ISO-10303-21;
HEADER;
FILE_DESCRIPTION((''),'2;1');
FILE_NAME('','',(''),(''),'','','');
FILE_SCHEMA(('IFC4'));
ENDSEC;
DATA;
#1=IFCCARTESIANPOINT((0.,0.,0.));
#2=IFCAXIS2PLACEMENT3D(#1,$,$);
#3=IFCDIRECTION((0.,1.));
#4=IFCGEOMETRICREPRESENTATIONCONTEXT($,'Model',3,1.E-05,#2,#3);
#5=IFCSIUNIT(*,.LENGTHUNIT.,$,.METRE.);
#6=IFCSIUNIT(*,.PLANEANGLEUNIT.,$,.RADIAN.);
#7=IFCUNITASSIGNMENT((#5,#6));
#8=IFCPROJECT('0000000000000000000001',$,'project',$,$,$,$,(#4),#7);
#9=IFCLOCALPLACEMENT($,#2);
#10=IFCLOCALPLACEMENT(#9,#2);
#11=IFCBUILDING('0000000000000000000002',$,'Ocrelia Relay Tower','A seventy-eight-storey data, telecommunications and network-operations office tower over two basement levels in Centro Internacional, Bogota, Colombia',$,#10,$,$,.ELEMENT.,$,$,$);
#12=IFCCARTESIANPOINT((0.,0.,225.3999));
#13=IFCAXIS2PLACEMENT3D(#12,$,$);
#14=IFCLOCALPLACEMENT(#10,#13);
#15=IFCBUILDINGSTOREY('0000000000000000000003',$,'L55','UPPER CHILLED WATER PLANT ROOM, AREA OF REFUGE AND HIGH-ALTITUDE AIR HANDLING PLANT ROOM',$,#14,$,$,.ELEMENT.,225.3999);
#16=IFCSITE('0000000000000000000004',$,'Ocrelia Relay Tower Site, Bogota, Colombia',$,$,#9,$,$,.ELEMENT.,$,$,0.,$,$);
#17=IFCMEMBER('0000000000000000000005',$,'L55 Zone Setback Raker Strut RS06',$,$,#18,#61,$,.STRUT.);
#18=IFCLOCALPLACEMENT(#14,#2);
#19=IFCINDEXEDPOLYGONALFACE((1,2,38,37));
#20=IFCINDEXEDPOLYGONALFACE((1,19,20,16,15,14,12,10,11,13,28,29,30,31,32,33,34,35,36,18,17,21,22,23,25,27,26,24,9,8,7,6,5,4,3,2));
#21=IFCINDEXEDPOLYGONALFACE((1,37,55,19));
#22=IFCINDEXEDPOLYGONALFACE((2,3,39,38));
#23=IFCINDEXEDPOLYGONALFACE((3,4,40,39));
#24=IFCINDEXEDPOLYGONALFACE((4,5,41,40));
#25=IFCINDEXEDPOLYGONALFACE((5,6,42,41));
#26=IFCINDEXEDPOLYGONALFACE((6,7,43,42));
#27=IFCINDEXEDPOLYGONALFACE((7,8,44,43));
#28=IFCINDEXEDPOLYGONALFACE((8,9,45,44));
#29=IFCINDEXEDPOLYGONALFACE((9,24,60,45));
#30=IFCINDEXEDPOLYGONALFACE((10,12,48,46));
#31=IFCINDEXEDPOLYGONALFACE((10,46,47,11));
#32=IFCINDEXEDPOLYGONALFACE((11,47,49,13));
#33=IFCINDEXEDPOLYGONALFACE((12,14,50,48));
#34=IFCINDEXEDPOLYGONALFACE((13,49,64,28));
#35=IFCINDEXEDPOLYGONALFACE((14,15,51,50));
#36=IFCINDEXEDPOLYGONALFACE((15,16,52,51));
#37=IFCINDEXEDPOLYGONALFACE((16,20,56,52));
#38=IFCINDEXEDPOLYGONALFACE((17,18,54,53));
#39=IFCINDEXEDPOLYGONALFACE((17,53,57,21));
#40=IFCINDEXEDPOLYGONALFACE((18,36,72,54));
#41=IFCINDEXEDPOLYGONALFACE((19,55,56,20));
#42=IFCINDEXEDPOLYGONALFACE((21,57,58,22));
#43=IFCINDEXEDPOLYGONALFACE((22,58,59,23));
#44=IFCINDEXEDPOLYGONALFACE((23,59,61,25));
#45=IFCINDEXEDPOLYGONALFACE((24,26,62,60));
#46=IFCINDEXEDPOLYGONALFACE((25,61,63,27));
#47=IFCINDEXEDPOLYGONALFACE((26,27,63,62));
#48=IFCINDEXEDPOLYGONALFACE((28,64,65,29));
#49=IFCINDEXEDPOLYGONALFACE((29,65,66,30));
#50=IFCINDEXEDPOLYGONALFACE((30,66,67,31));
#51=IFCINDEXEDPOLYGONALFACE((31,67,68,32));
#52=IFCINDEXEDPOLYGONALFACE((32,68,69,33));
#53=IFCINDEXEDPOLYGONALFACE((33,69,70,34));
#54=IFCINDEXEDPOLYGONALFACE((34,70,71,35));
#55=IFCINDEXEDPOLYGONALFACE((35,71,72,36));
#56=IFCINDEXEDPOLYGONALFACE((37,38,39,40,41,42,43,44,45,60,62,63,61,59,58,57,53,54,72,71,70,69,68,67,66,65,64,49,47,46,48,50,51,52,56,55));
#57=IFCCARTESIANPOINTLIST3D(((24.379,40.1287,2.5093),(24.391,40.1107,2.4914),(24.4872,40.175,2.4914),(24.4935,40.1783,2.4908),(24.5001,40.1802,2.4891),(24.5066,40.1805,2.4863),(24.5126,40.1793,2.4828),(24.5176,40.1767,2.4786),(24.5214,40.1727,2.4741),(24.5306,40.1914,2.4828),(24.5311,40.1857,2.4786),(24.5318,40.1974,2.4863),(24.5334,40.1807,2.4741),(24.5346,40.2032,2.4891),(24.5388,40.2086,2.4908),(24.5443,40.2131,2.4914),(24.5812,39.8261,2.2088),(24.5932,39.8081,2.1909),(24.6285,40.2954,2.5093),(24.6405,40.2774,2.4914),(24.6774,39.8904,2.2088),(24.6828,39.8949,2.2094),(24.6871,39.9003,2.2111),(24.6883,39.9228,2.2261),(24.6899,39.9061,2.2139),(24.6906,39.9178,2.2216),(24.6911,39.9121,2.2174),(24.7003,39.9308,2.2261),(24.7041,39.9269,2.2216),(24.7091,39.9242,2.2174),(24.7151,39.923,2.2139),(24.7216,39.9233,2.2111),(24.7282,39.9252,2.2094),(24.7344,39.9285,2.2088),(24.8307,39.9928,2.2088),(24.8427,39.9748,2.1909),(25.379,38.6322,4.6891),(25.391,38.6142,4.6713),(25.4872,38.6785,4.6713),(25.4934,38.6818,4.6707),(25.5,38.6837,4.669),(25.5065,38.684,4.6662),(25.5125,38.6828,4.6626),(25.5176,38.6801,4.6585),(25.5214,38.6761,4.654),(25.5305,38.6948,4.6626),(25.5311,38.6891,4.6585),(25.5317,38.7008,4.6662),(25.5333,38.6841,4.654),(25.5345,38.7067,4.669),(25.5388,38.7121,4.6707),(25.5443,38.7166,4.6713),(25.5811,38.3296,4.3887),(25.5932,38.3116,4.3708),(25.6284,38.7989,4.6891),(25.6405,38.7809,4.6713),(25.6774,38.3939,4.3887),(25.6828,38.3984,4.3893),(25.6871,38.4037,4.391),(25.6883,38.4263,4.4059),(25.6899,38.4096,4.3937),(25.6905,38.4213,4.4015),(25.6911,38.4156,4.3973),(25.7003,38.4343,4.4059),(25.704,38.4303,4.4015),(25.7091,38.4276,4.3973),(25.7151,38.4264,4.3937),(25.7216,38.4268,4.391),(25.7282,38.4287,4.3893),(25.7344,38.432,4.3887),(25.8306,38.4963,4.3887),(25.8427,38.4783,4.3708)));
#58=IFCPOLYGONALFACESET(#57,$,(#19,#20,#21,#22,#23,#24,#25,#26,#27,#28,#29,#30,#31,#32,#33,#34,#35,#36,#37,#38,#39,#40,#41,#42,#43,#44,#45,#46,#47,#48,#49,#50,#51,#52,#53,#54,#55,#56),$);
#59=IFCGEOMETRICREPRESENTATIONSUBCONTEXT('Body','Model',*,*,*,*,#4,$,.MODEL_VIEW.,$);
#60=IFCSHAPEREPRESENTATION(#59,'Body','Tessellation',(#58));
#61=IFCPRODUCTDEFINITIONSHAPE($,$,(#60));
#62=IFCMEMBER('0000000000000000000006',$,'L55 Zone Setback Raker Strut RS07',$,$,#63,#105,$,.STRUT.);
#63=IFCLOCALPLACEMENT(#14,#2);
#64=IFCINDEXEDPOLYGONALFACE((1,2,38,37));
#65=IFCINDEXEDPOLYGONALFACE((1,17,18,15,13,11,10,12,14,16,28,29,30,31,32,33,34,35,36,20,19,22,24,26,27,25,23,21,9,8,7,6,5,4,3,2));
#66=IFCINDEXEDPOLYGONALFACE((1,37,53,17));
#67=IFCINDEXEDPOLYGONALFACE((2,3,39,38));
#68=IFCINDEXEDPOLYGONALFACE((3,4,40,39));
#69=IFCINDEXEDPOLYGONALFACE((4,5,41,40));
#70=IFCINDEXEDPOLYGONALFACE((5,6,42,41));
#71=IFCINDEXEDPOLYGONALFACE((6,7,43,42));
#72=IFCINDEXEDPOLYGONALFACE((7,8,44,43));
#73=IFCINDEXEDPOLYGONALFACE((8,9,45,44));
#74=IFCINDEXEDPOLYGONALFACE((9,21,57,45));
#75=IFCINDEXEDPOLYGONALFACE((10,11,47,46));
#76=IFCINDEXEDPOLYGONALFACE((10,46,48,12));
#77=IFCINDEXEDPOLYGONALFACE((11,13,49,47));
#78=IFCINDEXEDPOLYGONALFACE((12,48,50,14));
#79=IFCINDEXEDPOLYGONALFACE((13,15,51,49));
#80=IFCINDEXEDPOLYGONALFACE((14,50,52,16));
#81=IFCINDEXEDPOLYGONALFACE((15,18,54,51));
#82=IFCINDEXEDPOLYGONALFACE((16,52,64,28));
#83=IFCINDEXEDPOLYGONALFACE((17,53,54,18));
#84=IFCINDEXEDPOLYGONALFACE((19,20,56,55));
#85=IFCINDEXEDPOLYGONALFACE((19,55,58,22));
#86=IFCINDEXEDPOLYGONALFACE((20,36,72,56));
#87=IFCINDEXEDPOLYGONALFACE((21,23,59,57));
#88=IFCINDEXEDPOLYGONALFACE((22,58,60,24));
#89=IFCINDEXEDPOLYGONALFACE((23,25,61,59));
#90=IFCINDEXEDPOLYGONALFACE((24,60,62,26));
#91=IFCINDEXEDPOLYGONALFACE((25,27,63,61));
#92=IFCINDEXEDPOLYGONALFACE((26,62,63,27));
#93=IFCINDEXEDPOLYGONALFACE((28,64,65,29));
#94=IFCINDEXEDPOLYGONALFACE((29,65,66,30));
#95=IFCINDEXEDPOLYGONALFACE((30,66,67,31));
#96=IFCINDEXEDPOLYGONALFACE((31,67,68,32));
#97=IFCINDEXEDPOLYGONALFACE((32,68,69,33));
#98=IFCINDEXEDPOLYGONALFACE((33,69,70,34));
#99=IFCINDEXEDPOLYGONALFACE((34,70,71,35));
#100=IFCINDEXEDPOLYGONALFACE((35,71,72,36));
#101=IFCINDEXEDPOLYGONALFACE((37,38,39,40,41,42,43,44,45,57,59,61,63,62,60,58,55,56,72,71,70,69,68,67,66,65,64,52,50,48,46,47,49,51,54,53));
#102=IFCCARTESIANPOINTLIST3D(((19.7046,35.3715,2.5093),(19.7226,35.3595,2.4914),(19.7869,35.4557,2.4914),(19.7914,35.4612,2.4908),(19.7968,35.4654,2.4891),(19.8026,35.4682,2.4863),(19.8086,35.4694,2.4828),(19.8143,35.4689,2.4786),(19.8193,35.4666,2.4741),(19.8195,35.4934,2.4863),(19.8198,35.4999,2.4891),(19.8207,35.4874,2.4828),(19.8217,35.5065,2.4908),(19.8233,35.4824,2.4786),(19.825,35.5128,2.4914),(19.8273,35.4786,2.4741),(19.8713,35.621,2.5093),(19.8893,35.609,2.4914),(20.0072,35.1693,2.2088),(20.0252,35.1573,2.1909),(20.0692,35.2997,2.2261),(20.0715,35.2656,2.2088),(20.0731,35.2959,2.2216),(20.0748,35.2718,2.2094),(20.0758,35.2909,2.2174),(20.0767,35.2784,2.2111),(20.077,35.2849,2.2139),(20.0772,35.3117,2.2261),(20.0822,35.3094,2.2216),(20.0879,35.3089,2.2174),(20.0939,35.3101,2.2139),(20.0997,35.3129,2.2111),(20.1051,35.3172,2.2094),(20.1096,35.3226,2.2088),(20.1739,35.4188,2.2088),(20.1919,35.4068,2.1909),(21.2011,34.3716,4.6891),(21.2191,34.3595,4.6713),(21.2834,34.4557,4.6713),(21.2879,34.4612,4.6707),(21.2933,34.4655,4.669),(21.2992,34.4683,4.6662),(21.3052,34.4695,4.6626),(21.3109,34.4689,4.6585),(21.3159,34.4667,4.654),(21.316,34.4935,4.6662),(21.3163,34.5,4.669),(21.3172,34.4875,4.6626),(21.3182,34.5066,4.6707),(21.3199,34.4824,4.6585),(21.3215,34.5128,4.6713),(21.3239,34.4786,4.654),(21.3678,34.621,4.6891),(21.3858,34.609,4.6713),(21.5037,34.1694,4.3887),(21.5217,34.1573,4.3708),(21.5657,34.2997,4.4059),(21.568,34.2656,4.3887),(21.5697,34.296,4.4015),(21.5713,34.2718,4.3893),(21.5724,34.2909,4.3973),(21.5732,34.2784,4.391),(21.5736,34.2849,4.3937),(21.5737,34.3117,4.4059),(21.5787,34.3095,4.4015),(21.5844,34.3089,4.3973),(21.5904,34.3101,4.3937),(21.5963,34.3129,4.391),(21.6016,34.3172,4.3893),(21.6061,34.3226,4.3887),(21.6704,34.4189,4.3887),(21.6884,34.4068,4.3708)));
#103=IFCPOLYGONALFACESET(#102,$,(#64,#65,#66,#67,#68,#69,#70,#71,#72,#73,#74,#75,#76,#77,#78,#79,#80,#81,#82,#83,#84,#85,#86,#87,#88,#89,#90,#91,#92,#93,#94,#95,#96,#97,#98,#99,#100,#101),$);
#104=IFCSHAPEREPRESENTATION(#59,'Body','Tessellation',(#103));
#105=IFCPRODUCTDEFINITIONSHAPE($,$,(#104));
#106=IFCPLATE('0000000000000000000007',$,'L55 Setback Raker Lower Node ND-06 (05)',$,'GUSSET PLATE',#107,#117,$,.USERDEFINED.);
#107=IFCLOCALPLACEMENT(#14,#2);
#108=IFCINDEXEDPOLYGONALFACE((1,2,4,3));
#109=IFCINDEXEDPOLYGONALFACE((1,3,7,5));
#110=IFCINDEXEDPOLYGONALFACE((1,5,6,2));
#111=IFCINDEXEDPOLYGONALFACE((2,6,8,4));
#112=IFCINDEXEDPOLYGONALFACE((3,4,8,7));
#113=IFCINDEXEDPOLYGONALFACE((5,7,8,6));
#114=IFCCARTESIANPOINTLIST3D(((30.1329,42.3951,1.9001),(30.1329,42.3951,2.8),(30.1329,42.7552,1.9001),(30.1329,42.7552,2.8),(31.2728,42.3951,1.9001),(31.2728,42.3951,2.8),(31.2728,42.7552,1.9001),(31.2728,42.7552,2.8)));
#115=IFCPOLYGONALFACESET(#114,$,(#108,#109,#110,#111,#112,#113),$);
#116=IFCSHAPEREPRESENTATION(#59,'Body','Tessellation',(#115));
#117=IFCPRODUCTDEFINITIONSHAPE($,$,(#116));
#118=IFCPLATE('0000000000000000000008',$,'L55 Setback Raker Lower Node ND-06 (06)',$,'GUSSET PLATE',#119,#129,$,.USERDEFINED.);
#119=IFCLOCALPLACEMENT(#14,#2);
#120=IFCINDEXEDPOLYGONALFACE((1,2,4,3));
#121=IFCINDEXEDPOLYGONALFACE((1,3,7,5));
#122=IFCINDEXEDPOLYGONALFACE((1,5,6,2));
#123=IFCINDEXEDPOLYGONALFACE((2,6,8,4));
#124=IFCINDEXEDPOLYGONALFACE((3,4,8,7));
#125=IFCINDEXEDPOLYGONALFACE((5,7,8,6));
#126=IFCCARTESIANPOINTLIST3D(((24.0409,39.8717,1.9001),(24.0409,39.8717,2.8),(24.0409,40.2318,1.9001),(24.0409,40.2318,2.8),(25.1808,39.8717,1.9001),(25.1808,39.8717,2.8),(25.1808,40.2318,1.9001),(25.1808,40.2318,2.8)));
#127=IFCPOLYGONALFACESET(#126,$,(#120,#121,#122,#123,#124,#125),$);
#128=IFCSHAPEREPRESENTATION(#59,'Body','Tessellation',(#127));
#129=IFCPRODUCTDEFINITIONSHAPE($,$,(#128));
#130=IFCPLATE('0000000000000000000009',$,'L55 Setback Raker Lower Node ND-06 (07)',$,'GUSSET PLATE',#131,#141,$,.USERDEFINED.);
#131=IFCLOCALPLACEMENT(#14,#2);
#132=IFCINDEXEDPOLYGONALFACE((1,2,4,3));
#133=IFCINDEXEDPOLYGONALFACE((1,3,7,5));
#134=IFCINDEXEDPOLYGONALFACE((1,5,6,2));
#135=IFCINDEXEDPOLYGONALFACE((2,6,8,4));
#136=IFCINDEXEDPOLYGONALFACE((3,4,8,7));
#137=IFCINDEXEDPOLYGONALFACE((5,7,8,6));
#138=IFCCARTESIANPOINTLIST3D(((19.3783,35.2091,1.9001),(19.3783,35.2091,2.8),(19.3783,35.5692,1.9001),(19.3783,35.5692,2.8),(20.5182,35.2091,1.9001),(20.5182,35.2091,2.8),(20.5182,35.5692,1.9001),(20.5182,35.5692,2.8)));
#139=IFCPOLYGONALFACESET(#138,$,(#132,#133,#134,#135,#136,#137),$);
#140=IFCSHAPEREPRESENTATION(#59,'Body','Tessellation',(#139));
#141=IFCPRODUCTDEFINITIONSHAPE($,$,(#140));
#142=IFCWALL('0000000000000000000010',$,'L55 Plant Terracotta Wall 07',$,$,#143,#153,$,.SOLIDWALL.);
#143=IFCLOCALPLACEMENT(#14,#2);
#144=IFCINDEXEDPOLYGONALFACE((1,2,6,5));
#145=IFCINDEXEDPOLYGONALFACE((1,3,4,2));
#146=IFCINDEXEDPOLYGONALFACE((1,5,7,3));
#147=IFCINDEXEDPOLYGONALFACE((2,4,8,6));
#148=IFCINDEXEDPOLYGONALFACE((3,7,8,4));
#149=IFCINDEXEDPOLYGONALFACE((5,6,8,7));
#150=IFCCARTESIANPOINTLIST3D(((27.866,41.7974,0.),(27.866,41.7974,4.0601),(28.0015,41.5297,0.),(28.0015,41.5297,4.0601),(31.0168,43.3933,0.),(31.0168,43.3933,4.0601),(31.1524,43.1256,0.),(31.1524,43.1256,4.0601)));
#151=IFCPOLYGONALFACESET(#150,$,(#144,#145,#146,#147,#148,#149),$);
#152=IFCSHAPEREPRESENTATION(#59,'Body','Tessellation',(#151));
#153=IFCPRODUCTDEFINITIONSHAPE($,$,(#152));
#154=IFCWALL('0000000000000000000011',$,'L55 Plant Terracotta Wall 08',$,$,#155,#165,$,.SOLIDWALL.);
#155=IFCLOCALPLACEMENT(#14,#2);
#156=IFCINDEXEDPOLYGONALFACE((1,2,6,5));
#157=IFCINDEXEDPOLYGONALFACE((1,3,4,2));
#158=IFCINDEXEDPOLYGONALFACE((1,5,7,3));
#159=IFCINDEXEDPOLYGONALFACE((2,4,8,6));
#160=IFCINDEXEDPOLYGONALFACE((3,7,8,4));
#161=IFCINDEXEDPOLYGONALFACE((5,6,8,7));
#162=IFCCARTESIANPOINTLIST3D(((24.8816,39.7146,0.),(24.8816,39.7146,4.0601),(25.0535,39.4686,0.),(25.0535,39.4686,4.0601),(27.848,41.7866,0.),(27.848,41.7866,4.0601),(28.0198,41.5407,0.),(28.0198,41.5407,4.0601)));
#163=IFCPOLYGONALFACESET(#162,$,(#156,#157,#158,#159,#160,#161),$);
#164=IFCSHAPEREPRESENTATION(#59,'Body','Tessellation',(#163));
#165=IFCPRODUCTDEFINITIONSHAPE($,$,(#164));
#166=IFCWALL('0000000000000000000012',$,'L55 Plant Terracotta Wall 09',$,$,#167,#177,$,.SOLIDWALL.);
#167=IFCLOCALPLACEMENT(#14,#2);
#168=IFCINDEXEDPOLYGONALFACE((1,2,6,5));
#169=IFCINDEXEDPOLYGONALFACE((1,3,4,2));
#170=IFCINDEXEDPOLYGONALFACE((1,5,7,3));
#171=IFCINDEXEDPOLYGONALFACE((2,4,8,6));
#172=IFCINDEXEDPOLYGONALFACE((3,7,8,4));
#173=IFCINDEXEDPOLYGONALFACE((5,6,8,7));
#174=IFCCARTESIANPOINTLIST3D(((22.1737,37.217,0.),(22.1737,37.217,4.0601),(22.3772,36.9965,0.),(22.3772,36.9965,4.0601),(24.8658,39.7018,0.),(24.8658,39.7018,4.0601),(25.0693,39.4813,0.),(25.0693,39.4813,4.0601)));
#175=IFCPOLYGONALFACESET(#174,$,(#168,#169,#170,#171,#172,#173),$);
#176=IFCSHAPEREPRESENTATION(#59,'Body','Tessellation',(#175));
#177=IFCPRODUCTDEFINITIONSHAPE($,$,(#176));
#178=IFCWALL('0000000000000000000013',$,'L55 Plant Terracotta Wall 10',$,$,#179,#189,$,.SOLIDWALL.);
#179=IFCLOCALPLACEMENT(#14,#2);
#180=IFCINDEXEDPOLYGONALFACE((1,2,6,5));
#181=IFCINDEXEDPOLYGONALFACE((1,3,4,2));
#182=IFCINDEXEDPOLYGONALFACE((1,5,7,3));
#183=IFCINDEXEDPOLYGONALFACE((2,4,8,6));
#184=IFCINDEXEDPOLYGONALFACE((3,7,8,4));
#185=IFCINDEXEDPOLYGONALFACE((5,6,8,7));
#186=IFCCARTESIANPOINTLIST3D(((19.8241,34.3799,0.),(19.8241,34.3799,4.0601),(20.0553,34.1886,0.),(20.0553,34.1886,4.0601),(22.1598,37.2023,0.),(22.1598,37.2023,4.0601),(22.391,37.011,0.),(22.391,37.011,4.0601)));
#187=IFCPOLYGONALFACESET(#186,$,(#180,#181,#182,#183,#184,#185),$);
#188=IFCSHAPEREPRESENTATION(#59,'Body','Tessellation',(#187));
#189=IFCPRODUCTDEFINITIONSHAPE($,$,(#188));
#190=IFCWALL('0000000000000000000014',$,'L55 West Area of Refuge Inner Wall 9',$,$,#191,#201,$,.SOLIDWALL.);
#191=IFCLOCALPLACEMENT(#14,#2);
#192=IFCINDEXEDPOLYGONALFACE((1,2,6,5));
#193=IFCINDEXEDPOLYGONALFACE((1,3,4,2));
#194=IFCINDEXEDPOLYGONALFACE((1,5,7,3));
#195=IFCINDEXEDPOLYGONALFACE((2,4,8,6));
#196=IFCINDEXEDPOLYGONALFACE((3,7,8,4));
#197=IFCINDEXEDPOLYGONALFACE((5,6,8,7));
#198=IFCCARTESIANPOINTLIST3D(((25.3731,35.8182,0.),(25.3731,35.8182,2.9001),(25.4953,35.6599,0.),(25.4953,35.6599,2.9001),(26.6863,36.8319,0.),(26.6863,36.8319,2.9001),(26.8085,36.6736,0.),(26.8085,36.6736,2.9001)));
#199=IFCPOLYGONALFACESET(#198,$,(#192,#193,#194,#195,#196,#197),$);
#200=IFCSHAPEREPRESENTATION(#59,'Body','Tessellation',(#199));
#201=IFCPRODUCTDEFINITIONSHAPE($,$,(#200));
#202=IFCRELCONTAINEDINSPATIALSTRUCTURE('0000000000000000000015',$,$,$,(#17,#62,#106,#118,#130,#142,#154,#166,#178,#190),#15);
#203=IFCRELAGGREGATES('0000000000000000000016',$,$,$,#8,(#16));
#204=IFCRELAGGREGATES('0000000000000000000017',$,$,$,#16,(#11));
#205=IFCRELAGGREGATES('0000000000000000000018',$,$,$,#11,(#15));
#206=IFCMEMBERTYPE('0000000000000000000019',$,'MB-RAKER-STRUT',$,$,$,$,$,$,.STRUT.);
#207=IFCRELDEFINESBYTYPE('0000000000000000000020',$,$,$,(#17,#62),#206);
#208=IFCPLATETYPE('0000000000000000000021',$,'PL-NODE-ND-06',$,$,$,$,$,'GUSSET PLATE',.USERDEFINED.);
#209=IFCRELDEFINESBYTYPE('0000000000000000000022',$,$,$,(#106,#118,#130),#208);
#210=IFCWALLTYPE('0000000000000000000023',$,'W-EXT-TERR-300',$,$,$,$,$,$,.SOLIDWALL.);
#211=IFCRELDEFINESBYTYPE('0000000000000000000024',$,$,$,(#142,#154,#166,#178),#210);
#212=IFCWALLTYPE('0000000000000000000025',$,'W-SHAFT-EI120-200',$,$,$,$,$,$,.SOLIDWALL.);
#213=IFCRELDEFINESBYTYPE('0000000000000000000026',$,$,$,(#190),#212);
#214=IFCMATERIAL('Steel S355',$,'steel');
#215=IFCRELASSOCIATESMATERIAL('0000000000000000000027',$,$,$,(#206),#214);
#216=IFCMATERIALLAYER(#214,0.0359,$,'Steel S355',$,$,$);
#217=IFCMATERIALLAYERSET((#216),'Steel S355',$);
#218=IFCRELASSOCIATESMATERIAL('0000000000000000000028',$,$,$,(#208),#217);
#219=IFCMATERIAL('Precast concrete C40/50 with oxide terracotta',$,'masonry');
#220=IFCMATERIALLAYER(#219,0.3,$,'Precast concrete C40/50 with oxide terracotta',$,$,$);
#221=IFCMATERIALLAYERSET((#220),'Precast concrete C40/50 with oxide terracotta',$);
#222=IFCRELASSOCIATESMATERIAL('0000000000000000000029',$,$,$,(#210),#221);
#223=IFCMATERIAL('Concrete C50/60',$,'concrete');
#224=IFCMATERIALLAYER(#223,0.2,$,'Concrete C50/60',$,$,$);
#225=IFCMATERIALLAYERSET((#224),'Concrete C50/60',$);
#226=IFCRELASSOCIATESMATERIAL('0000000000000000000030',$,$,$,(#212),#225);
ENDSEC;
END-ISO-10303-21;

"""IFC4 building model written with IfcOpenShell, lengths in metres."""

from ifc_helpers import new_model, si_unit, direction, frame, frame_2d, origin, origin_2d, place, context, subcontext, project, spatial, rectangle, i_section, extrude, material, layer, layer_set, material_profile, profile_set, type_object, element, save


model = new_model("IFC4")

# Units and contexts
model_context = context("Model", 3, precision=1e-05, world=origin(), true_north=direction((0.0, 1.0)))
body_context = subcontext(model_context, "Body", "Model", "MODEL_VIEW")
ifc_project = project(units=[si_unit("LENGTHUNIT", "METRE"), si_unit("PLANEANGLEUNIT", "RADIAN")], contexts=[model_context])

# Site, building, storey
site_placement = place(None, origin())
site = spatial("IfcSite", under=ifc_project, at=site_placement, Name="Ocrelia Relay Tower Site, Bogota, Colombia", CompositionType="ELEMENT", RefElevation=0.0)
building_placement = place(site_placement, origin())
building = spatial("IfcBuilding", under=site, at=building_placement, Name="Ocrelia Relay Tower", Description="A seventy-eight-storey data, telecommunications and network-operations office tower over two basement levels in Centro Internacional, Bogota, Colombia", CompositionType="ELEMENT")
storey_placement = place(building_placement, frame((0.0, 0.0, 225.3999)))
storey = spatial("IfcBuildingStorey", under=building, at=storey_placement, Name="L55", Description="UPPER CHILLED WATER PLANT ROOM, AREA OF REFUGE AND HIGH-ALTITUDE AIR HANDLING PLANT ROOM", CompositionType="ELEMENT", Elevation=225.3999)

# Shared definitions
ifc_material_1 = material(Name="Steel S355", Category="steel")

# Members
ifc_material_profile_1 = material_profile(ifc_material_1, i_section(OverallWidth=0.3, OverallDepth=0.5, WebThickness=0.0144, FlangeThickness=0.0281, FilletRadius=0.0271, at=origin_2d()), Name="HEB 500")
ifc_profile_set_1 = profile_set([ifc_material_profile_1], Name="Steel S355")
member_type_1 = type_object("IfcMemberType", Name="MB-RAKER-STRUT", PredefinedType="STRUT", material=ifc_profile_set_1)
for number, where, z_axis, x_axis, name in (
    (1, (24.6108, 40.0518, 2.3501), (0.353733, -0.529391, 0.771115), (0.831466, 0.555576, 0.0), "L55 Zone Setback Raker Strut RS06"),
    (2, (19.9482, 35.3892, 2.3501), (0.529391, -0.353733, 0.771115), (0.555576, 0.831466, 0.0), "L55 Zone Setback Raker Strut RS07"),
):
    element("IfcMember", number, at=place(storey_placement, frame(where, z_axis=z_axis, x_axis=x_axis)), inside=storey, type_object=member_type_1, Name=name, PredefinedType="STRUT", context=body_context, shape_type="SweptSolid", body=[
        extrude(i_section(OverallWidth=0.3, OverallDepth=0.5, WebThickness=0.0144, FlangeThickness=0.0281, FilletRadius=0.0271, at=origin_2d()), origin(), (0.0, 0.0, 1.0), 2.8269),
    ])

# Plates
ifc_layer_1 = layer(ifc_material_1, 0.0359, Name="Steel S355")
ifc_layer_set_1 = layer_set([ifc_layer_1], Name="Steel S355")
plate_type = type_object("IfcPlateType", Name="PL-NODE-ND-06", ElementType="GUSSET PLATE", PredefinedType="USERDEFINED", material=ifc_layer_set_1)
for number, where, z_axis, x_axis, name in (
    (3, (30.7029, 42.5752, 1.9001), (0.0, 0.0, 1.0), (1.0, 0.0, 0.0), "L55 Setback Raker Lower Node ND-06 (05)"),
    (4, (24.6108, 40.0518, 1.9001), (0.0, 0.0, 1.0), (1.0, 0.0, 0.0), "L55 Setback Raker Lower Node ND-06 (06)"),
    (5, (19.9482, 35.3892, 1.9001), (0.0, 0.0, 1.0), (1.0, 0.0, 0.0), "L55 Setback Raker Lower Node ND-06 (07)"),
):
    element("IfcPlate", number, at=place(storey_placement, frame(where, z_axis=z_axis, x_axis=x_axis)), inside=storey, type_object=plate_type, Name=name, ObjectType="GUSSET PLATE", PredefinedType="USERDEFINED", context=body_context, shape_type="SweptSolid", body=[
        extrude(rectangle(XDim=1.1399, YDim=0.3601, at=origin_2d()), origin(), (0.0, 0.0, 1.0), 0.8999),
    ])

# Walls
ifc_material_2 = material(Name="Precast concrete C40/50 with oxide terracotta", Category="masonry")
ifc_layer_2 = layer(ifc_material_2, 0.3, Name="Precast concrete C40/50 with oxide terracotta")
ifc_layer_set_2 = layer_set([ifc_layer_2], Name="Precast concrete C40/50 with oxide terracotta")
wall_type_1 = type_object("IfcWallType", Name="W-EXT-TERR-300", PredefinedType="SOLIDWALL", material=ifc_layer_set_2)
wall_1_placement = place(storey_placement, frame((31.0847, 43.2595, 0.0), z_axis=(0.0, 0.0, 1.0), x_axis=(-0.892093, -0.451853, 0.0)))
element("IfcWall", 6, at=wall_1_placement, inside=storey, type_object=wall_type_1, Name="L55 Plant Terracotta Wall 07", PredefinedType="SOLIDWALL", context=body_context, shape_type="SweptSolid", body=[
    extrude(rectangle(XDim=3.532, YDim=0.3, at=frame_2d((1.7661, 0.0))), origin(), (0.0, 0.0, 1.0), 4.0601),
])
wall_2_placement = place(storey_placement, frame((27.9338, 41.6636, 0.0), z_axis=(0.0, 0.0, 1.0), x_axis=(-0.819802, -0.572647, 0.0)))
element("IfcWall", 7, at=wall_2_placement, inside=storey, type_object=wall_type_1, Name="L55 Plant Terracotta Wall 08", PredefinedType="SOLIDWALL", context=body_context, shape_type="SweptSolid", body=[
    extrude(rectangle(XDim=3.6184, YDim=0.3, at=frame_2d((1.8091, 0.0))), origin(), (0.0, 0.0, 1.0), 4.0601),
])
for number, where, z_axis, x_axis, name in (
    (8, (24.9675, 39.5916, 0.0), (0.0, 0.0, 1.0), (-0.734829, -0.678252, 0.0), "L55 Plant Terracotta Wall 09"),
    (9, (22.2754, 37.1067, 0.0), (0.0, 0.0, 1.0), (-0.637539, -0.770418, 0.0), "L55 Plant Terracotta Wall 10"),
):
    element("IfcWall", number, at=place(storey_placement, frame(where, z_axis=z_axis, x_axis=x_axis)), inside=storey, type_object=wall_type_1, Name=name, PredefinedType="SOLIDWALL", context=body_context, shape_type="SweptSolid", body=[
        extrude(rectangle(XDim=3.6636, YDim=0.3, at=frame_2d((1.8318, 0.0))), origin(), (0.0, 0.0, 1.0), 4.0601),
    ])

# Shared definitions
ifc_material_3 = material(Name="Concrete C50/60", Category="concrete")
ifc_layer_3 = layer(ifc_material_3, 0.2, Name="Concrete C50/60")
ifc_layer_set_3 = layer_set([ifc_layer_3], Name="Concrete C50/60")
wall_type_2 = type_object("IfcWallType", Name="W-SHAFT-EI120-200", PredefinedType="SOLIDWALL", material=ifc_layer_set_3)

# Wall
for number, where, z_axis, x_axis, name in (
    (10, (25.4341, 35.739, 0.0), (0.0, 0.0, 1.0), (0.791605, 0.611033, 0.0), "L55 West Area of Refuge Inner Wall 9"),
):
    element("IfcWall", number, at=place(storey_placement, frame(where, z_axis=z_axis, x_axis=x_axis)), inside=storey, type_object=wall_type_2, Name=name, PredefinedType="SOLIDWALL", context=body_context, shape_type="SweptSolid", body=[
        extrude(rectangle(XDim=1.6589, YDim=0.2, at=frame_2d((0.8296, 0.0))), origin(), (0.0, 0.0, 1.0), 2.9001),
    ])

save(model, "model.ifc")
